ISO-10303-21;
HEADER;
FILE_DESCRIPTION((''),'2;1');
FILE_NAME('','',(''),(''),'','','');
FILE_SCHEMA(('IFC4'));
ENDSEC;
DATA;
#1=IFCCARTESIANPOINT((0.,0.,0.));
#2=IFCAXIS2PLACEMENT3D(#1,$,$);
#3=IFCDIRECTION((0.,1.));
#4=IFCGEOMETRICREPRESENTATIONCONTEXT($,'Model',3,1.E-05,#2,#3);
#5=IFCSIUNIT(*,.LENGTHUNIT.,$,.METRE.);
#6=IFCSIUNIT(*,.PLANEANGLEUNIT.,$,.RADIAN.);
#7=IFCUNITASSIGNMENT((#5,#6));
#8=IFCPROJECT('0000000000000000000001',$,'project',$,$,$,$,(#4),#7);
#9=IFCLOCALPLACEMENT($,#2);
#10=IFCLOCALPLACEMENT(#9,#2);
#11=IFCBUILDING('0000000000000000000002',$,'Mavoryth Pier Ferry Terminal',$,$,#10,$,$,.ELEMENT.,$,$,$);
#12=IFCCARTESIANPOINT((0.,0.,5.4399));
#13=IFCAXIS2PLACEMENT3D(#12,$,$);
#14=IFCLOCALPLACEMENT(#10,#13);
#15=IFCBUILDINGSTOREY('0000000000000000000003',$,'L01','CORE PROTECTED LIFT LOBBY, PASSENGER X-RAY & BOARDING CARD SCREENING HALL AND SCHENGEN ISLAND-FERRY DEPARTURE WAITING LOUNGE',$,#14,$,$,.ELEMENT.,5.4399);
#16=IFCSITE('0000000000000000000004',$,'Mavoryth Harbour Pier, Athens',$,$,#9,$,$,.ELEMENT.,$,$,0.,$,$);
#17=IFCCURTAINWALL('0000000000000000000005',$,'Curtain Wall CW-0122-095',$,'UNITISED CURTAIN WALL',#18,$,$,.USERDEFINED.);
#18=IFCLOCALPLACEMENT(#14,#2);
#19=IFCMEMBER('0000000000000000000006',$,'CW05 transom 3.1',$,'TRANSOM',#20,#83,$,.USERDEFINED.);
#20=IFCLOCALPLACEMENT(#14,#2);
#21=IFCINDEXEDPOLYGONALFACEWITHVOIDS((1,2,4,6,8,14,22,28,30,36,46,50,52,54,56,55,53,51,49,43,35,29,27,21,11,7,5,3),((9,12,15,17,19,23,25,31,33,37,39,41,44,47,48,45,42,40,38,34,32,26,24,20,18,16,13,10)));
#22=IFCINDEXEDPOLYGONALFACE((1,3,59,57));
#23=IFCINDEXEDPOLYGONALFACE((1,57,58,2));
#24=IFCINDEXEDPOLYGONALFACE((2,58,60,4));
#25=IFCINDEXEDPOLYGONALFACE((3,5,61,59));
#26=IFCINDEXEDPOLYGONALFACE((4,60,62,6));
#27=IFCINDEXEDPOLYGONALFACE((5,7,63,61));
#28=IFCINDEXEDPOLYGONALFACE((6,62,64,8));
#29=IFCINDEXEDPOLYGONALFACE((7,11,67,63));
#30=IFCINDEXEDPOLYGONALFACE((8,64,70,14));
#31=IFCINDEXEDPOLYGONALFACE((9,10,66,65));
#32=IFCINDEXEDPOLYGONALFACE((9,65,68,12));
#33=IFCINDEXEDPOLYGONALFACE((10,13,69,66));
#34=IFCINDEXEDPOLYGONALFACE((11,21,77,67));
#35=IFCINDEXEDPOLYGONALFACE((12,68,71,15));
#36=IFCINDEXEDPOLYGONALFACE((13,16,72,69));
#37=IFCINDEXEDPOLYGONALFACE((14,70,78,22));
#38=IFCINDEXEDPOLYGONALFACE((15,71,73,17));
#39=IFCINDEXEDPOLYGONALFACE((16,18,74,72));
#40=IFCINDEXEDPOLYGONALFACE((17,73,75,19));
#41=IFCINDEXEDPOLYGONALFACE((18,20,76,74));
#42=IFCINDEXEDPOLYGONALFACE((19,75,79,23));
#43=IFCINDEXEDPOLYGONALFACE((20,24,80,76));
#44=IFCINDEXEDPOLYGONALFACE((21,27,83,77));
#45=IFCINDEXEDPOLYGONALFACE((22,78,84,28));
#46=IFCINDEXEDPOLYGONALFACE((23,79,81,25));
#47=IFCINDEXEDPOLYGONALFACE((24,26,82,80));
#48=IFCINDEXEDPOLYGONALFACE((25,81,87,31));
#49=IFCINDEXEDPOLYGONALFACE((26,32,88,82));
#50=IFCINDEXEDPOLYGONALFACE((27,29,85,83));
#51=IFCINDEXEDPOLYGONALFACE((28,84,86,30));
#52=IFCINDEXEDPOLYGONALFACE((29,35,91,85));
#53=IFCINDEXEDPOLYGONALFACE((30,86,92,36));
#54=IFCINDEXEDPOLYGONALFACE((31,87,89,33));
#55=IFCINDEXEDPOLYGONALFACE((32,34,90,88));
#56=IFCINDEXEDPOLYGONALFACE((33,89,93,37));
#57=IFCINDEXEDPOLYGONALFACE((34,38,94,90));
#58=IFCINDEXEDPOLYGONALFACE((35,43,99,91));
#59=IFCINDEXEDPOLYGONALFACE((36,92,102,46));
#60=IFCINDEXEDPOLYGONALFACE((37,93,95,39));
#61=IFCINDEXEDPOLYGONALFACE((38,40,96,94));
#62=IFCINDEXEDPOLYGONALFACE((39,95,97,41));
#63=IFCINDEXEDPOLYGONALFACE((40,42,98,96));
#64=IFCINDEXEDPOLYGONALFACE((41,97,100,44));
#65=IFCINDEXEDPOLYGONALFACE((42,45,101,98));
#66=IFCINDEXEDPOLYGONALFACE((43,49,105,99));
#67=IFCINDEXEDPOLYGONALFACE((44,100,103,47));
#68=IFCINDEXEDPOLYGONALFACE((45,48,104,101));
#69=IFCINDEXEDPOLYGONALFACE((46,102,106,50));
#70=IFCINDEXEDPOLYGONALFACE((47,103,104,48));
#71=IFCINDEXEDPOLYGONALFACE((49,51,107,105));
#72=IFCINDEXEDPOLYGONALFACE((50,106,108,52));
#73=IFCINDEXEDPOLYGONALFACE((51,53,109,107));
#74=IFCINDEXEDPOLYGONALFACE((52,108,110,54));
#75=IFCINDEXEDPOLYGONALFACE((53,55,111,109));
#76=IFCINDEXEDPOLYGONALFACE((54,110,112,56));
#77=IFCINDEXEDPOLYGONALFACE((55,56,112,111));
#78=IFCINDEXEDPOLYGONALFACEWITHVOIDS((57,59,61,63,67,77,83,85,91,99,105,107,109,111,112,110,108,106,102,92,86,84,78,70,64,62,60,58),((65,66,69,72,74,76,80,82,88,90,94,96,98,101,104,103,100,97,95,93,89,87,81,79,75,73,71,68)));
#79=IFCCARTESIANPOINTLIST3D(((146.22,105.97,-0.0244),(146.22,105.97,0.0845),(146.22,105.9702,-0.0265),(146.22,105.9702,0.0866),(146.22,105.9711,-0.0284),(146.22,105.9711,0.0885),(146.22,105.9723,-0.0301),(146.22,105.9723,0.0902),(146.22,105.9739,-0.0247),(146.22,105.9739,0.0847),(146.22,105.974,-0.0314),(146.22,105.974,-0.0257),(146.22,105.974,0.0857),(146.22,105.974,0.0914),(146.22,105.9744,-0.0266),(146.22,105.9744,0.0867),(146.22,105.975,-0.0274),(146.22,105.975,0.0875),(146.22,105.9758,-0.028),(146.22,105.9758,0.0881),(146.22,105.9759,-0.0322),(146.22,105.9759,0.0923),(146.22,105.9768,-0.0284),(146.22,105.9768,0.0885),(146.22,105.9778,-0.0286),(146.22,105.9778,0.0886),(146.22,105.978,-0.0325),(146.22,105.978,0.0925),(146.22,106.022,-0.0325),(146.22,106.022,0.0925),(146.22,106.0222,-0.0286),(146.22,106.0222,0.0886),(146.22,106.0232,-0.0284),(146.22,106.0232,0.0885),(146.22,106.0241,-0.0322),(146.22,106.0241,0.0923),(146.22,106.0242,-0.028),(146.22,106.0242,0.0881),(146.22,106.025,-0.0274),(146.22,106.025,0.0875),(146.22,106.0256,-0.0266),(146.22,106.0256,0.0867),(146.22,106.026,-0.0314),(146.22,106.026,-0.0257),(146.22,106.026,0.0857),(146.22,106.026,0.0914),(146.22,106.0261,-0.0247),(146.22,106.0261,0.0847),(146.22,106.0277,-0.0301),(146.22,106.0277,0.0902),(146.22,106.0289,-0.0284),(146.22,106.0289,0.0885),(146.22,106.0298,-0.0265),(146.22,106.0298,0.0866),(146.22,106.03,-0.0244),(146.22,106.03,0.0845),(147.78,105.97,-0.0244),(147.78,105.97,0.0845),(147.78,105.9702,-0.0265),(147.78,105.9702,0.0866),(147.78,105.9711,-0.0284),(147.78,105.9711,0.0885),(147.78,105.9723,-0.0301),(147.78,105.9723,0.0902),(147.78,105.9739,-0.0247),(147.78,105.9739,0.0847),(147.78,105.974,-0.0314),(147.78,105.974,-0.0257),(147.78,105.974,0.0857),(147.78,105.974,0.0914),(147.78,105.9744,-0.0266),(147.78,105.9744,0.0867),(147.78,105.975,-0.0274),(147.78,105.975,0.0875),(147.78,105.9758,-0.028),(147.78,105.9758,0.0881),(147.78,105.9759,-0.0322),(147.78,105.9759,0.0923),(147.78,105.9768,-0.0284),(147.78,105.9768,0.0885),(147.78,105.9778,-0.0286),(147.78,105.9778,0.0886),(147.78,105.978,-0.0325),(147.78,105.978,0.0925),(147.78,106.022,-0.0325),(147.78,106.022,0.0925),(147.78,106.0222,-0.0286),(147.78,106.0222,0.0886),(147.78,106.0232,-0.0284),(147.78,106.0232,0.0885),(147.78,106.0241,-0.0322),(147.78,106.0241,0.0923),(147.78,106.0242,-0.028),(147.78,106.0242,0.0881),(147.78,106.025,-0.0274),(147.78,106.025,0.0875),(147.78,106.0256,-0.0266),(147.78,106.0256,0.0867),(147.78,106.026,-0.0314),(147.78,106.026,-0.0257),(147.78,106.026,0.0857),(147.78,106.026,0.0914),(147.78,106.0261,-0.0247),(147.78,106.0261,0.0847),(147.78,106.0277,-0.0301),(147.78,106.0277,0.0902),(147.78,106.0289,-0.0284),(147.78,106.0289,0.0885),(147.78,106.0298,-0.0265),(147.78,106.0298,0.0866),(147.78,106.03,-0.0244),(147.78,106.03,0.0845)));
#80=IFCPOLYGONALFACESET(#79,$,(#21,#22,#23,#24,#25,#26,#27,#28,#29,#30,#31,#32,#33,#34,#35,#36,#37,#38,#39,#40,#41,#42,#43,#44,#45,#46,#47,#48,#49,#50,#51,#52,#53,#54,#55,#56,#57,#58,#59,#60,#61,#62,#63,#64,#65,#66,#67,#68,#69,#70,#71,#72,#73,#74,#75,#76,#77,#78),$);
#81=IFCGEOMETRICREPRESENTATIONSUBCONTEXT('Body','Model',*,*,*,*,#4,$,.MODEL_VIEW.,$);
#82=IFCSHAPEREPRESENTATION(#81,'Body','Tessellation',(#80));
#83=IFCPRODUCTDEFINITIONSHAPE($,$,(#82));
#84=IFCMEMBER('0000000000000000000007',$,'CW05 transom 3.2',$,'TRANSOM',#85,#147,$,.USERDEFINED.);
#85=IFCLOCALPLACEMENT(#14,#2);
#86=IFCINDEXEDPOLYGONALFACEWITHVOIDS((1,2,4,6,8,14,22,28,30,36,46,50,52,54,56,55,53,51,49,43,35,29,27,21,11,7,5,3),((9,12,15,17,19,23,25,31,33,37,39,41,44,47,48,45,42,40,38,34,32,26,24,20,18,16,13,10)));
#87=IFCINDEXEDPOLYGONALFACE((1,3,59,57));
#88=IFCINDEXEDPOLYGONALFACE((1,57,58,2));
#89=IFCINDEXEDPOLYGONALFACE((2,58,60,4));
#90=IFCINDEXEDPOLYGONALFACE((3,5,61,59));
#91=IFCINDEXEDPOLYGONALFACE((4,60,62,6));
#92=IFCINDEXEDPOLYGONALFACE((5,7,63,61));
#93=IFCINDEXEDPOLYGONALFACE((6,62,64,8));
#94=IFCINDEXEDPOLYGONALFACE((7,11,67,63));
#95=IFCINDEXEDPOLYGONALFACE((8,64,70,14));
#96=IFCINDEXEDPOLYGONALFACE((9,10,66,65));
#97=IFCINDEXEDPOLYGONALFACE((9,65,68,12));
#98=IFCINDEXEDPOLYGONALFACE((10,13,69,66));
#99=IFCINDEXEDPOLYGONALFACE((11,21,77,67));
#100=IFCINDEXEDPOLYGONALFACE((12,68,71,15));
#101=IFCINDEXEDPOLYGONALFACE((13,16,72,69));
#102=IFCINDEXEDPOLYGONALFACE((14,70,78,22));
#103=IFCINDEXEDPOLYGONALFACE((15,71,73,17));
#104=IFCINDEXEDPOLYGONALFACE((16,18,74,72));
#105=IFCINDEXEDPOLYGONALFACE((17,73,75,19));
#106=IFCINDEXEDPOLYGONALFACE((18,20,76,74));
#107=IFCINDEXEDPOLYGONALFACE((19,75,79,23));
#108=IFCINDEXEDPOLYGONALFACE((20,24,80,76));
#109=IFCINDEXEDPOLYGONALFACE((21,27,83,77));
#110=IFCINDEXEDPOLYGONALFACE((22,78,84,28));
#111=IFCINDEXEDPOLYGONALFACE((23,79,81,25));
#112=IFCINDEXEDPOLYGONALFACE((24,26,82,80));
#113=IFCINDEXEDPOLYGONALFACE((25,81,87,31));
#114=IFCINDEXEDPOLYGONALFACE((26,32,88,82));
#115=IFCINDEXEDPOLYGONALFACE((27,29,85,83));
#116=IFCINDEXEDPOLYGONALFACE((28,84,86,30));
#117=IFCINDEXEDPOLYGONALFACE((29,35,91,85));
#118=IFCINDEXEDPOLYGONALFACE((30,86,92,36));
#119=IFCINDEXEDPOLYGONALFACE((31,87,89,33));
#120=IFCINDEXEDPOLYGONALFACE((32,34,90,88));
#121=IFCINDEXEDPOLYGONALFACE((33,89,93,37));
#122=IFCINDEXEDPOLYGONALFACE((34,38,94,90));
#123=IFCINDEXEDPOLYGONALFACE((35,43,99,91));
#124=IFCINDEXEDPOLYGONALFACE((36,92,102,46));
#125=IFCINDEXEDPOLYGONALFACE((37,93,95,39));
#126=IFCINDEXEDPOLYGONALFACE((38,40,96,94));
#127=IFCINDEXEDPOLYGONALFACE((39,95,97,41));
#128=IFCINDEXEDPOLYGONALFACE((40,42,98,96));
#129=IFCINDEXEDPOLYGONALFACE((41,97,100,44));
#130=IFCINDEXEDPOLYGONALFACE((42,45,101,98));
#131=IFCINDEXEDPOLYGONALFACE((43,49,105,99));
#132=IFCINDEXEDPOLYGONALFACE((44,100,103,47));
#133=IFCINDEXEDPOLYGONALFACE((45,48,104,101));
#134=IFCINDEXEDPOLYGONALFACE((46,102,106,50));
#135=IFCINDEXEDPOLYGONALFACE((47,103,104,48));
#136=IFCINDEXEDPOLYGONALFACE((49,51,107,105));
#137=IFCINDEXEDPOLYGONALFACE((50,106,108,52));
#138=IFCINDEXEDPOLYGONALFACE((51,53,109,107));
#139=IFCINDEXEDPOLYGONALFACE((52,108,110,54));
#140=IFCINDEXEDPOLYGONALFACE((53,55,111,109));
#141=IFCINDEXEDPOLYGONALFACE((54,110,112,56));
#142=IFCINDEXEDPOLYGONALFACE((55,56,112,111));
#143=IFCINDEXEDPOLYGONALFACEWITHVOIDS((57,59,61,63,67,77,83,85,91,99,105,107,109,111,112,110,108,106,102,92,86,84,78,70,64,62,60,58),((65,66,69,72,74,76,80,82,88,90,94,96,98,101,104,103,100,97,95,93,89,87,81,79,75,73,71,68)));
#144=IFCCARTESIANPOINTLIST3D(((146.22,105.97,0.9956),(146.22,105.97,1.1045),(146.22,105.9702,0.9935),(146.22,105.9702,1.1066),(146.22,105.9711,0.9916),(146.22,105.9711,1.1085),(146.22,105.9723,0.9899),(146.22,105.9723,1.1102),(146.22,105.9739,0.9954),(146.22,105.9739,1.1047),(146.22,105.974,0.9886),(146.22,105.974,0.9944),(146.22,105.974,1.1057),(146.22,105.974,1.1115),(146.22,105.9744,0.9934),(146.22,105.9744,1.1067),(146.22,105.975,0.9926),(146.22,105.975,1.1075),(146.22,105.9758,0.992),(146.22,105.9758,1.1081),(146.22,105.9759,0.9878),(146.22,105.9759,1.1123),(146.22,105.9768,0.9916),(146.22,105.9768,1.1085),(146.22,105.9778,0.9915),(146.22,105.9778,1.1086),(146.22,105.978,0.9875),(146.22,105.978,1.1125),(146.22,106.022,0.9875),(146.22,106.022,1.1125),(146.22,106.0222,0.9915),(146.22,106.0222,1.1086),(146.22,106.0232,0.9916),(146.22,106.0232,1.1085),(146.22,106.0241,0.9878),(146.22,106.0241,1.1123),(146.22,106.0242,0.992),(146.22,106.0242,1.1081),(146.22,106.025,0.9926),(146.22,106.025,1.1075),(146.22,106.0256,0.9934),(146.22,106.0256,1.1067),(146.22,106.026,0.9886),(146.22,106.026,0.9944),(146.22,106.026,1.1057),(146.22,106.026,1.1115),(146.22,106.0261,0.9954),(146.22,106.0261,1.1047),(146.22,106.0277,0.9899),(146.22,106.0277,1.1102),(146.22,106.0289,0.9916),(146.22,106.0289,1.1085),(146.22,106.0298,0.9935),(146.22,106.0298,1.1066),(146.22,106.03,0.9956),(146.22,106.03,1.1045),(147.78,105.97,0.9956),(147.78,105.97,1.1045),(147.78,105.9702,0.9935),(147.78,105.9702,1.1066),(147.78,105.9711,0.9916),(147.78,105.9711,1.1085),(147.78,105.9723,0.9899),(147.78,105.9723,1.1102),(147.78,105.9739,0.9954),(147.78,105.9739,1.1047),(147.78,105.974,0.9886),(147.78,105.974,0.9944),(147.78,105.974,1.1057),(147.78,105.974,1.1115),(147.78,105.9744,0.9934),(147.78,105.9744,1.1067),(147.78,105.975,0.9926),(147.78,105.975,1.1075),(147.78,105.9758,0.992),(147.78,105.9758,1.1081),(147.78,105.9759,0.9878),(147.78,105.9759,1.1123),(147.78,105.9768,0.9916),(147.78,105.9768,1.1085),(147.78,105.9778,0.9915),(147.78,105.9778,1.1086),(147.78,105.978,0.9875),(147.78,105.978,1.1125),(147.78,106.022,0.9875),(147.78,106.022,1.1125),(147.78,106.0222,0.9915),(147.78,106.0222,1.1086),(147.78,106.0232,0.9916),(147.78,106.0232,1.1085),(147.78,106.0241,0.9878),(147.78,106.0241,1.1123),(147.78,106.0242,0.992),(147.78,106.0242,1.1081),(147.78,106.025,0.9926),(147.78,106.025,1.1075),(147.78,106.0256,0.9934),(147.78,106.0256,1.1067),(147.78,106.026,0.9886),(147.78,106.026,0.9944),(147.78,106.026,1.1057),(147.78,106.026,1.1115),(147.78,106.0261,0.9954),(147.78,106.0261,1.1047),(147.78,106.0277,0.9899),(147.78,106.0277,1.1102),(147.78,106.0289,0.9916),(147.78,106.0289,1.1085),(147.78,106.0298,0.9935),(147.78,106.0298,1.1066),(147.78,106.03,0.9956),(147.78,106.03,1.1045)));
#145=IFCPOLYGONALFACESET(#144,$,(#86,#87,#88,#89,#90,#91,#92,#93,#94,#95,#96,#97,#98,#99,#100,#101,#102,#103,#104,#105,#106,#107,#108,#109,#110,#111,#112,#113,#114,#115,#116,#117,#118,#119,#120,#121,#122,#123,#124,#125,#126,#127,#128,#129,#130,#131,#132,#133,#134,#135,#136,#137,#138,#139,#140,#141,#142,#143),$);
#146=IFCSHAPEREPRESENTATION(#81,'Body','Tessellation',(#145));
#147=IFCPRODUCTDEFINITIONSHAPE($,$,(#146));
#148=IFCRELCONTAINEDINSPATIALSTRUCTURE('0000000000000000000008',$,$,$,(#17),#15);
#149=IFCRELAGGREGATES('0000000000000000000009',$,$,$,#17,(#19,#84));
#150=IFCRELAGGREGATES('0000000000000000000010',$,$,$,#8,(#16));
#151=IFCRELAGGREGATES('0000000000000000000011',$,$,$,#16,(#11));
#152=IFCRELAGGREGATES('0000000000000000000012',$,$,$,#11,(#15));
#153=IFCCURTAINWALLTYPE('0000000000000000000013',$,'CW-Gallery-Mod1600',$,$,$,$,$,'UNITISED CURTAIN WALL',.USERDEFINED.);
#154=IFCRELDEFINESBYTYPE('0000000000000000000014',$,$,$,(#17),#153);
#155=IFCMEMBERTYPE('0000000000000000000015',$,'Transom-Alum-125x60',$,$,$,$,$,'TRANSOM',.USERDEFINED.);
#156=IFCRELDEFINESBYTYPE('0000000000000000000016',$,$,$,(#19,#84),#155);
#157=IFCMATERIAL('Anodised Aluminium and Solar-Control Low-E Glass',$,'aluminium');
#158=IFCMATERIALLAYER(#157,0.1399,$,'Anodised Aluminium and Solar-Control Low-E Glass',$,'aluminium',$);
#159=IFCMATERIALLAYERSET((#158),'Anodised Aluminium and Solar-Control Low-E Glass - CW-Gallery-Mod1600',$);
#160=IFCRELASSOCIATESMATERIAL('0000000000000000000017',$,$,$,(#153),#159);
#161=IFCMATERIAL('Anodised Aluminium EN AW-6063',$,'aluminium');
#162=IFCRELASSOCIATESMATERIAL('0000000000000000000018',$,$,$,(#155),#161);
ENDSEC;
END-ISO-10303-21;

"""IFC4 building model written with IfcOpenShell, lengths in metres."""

from ifc_helpers import new_model, si_unit, direction, frame, origin, origin_2d, place, context, subcontext, project, spatial, hollow_rectangle, extrude, material, layer, layer_set, material_profile, profile_set, type_object, element, aggregate, save


model = new_model("IFC4")

# Units and contexts
model_context = context("Model", 3, precision=1e-05, world=origin(), true_north=direction((0.0, 1.0)))
body_context = subcontext(model_context, "Body", "Model", "MODEL_VIEW")
ifc_project = project(units=[si_unit("LENGTHUNIT", "METRE"), si_unit("PLANEANGLEUNIT", "RADIAN")], contexts=[model_context])

# Site, building, storey
site_placement = place(None, origin())
site = spatial("IfcSite", under=ifc_project, at=site_placement, Name="Mavoryth Harbour Pier, Athens", CompositionType="ELEMENT", RefElevation=0.0)
building_placement = place(site_placement, origin())
building = spatial("IfcBuilding", under=site, at=building_placement, Name="Mavoryth Pier Ferry Terminal", CompositionType="ELEMENT")
storey_placement = place(building_placement, frame((0.0, 0.0, 5.4399)))
storey = spatial("IfcBuildingStorey", under=building, at=storey_placement, Name="L01", Description="CORE PROTECTED LIFT LOBBY, PASSENGER X-RAY & BOARDING CARD SCREENING HALL AND SCHENGEN ISLAND-FERRY DEPARTURE WAITING LOUNGE", CompositionType="ELEMENT", Elevation=5.4399)

# Curtain wall
ifc_material_1 = material(Name="Anodised Aluminium and Solar-Control Low-E Glass", Category="aluminium")
ifc_layer_1 = layer(ifc_material_1, 0.1399, Name="Anodised Aluminium and Solar-Control Low-E Glass", Category="aluminium")
ifc_layer_set_1 = layer_set([ifc_layer_1], Name="Anodised Aluminium and Solar-Control Low-E Glass - CW-Gallery-Mod1600")
curtain_wall_type = type_object("IfcCurtainWallType", Name="CW-Gallery-Mod1600", ElementType="UNITISED CURTAIN WALL", PredefinedType="USERDEFINED", material=ifc_layer_set_1)
curtain_wall_placement = place(storey_placement, origin())
curtain_wall = element("IfcCurtainWall", 1, at=curtain_wall_placement, inside=storey, type_object=curtain_wall_type, Name="Curtain Wall CW-0122-095", ObjectType="UNITISED CURTAIN WALL", PredefinedType="USERDEFINED")
ifc_material_2 = material(Name="Anodised Aluminium EN AW-6063", Category="aluminium")

# Members
ifc_material_profile_1 = material_profile(ifc_material_2, hollow_rectangle(XDim=0.0601, YDim=0.125, WallThickness=0.0039, InnerFilletRadius=0.0039, OuterFilletRadius=0.0081, at=origin_2d()), Name="AL-TRAN 125x60x4", Category="aluminium")
ifc_profile_set_1 = profile_set([ifc_material_profile_1], Name="Anodised Aluminium EN AW-6063 - AL-TRAN 125x60x4")
member_type_1 = type_object("IfcMemberType", Name="Transom-Alum-125x60", ElementType="TRANSOM", PredefinedType="USERDEFINED", material=ifc_profile_set_1)
member_1_placement = place(storey_placement, frame((146.22, 106.0, 0.03), z_axis=(1.0, 0.0, 0.0), x_axis=(0.0, 1.0, 0.0)))
member_1 = element("IfcMember", 2, at=member_1_placement, type_object=member_type_1, Name="CW05 transom 3.1", ObjectType="TRANSOM", PredefinedType="USERDEFINED", context=body_context, shape_type="SweptSolid", body=[
    extrude(hollow_rectangle(XDim=0.0601, YDim=0.125, WallThickness=0.0039, InnerFilletRadius=0.0039, OuterFilletRadius=0.0081, at=origin_2d()), origin(), (0.0, 0.0, 1.0), 1.5601),
])
member_2_placement = place(storey_placement, frame((146.22, 106.0, 1.05), z_axis=(1.0, 0.0, 0.0), x_axis=(0.0, 1.0, 0.0)))
member_2 = element("IfcMember", 3, at=member_2_placement, type_object=member_type_1, Name="CW05 transom 3.2", ObjectType="TRANSOM", PredefinedType="USERDEFINED", context=body_context, shape_type="SweptSolid", body=[
    extrude(hollow_rectangle(XDim=0.0601, YDim=0.125, WallThickness=0.0039, InnerFilletRadius=0.0039, OuterFilletRadius=0.0081, at=origin_2d()), origin(), (0.0, 0.0, 1.0), 1.5601),
])

aggregate(curtain_wall, [member_1, member_2])

save(model, "model.ifc")
